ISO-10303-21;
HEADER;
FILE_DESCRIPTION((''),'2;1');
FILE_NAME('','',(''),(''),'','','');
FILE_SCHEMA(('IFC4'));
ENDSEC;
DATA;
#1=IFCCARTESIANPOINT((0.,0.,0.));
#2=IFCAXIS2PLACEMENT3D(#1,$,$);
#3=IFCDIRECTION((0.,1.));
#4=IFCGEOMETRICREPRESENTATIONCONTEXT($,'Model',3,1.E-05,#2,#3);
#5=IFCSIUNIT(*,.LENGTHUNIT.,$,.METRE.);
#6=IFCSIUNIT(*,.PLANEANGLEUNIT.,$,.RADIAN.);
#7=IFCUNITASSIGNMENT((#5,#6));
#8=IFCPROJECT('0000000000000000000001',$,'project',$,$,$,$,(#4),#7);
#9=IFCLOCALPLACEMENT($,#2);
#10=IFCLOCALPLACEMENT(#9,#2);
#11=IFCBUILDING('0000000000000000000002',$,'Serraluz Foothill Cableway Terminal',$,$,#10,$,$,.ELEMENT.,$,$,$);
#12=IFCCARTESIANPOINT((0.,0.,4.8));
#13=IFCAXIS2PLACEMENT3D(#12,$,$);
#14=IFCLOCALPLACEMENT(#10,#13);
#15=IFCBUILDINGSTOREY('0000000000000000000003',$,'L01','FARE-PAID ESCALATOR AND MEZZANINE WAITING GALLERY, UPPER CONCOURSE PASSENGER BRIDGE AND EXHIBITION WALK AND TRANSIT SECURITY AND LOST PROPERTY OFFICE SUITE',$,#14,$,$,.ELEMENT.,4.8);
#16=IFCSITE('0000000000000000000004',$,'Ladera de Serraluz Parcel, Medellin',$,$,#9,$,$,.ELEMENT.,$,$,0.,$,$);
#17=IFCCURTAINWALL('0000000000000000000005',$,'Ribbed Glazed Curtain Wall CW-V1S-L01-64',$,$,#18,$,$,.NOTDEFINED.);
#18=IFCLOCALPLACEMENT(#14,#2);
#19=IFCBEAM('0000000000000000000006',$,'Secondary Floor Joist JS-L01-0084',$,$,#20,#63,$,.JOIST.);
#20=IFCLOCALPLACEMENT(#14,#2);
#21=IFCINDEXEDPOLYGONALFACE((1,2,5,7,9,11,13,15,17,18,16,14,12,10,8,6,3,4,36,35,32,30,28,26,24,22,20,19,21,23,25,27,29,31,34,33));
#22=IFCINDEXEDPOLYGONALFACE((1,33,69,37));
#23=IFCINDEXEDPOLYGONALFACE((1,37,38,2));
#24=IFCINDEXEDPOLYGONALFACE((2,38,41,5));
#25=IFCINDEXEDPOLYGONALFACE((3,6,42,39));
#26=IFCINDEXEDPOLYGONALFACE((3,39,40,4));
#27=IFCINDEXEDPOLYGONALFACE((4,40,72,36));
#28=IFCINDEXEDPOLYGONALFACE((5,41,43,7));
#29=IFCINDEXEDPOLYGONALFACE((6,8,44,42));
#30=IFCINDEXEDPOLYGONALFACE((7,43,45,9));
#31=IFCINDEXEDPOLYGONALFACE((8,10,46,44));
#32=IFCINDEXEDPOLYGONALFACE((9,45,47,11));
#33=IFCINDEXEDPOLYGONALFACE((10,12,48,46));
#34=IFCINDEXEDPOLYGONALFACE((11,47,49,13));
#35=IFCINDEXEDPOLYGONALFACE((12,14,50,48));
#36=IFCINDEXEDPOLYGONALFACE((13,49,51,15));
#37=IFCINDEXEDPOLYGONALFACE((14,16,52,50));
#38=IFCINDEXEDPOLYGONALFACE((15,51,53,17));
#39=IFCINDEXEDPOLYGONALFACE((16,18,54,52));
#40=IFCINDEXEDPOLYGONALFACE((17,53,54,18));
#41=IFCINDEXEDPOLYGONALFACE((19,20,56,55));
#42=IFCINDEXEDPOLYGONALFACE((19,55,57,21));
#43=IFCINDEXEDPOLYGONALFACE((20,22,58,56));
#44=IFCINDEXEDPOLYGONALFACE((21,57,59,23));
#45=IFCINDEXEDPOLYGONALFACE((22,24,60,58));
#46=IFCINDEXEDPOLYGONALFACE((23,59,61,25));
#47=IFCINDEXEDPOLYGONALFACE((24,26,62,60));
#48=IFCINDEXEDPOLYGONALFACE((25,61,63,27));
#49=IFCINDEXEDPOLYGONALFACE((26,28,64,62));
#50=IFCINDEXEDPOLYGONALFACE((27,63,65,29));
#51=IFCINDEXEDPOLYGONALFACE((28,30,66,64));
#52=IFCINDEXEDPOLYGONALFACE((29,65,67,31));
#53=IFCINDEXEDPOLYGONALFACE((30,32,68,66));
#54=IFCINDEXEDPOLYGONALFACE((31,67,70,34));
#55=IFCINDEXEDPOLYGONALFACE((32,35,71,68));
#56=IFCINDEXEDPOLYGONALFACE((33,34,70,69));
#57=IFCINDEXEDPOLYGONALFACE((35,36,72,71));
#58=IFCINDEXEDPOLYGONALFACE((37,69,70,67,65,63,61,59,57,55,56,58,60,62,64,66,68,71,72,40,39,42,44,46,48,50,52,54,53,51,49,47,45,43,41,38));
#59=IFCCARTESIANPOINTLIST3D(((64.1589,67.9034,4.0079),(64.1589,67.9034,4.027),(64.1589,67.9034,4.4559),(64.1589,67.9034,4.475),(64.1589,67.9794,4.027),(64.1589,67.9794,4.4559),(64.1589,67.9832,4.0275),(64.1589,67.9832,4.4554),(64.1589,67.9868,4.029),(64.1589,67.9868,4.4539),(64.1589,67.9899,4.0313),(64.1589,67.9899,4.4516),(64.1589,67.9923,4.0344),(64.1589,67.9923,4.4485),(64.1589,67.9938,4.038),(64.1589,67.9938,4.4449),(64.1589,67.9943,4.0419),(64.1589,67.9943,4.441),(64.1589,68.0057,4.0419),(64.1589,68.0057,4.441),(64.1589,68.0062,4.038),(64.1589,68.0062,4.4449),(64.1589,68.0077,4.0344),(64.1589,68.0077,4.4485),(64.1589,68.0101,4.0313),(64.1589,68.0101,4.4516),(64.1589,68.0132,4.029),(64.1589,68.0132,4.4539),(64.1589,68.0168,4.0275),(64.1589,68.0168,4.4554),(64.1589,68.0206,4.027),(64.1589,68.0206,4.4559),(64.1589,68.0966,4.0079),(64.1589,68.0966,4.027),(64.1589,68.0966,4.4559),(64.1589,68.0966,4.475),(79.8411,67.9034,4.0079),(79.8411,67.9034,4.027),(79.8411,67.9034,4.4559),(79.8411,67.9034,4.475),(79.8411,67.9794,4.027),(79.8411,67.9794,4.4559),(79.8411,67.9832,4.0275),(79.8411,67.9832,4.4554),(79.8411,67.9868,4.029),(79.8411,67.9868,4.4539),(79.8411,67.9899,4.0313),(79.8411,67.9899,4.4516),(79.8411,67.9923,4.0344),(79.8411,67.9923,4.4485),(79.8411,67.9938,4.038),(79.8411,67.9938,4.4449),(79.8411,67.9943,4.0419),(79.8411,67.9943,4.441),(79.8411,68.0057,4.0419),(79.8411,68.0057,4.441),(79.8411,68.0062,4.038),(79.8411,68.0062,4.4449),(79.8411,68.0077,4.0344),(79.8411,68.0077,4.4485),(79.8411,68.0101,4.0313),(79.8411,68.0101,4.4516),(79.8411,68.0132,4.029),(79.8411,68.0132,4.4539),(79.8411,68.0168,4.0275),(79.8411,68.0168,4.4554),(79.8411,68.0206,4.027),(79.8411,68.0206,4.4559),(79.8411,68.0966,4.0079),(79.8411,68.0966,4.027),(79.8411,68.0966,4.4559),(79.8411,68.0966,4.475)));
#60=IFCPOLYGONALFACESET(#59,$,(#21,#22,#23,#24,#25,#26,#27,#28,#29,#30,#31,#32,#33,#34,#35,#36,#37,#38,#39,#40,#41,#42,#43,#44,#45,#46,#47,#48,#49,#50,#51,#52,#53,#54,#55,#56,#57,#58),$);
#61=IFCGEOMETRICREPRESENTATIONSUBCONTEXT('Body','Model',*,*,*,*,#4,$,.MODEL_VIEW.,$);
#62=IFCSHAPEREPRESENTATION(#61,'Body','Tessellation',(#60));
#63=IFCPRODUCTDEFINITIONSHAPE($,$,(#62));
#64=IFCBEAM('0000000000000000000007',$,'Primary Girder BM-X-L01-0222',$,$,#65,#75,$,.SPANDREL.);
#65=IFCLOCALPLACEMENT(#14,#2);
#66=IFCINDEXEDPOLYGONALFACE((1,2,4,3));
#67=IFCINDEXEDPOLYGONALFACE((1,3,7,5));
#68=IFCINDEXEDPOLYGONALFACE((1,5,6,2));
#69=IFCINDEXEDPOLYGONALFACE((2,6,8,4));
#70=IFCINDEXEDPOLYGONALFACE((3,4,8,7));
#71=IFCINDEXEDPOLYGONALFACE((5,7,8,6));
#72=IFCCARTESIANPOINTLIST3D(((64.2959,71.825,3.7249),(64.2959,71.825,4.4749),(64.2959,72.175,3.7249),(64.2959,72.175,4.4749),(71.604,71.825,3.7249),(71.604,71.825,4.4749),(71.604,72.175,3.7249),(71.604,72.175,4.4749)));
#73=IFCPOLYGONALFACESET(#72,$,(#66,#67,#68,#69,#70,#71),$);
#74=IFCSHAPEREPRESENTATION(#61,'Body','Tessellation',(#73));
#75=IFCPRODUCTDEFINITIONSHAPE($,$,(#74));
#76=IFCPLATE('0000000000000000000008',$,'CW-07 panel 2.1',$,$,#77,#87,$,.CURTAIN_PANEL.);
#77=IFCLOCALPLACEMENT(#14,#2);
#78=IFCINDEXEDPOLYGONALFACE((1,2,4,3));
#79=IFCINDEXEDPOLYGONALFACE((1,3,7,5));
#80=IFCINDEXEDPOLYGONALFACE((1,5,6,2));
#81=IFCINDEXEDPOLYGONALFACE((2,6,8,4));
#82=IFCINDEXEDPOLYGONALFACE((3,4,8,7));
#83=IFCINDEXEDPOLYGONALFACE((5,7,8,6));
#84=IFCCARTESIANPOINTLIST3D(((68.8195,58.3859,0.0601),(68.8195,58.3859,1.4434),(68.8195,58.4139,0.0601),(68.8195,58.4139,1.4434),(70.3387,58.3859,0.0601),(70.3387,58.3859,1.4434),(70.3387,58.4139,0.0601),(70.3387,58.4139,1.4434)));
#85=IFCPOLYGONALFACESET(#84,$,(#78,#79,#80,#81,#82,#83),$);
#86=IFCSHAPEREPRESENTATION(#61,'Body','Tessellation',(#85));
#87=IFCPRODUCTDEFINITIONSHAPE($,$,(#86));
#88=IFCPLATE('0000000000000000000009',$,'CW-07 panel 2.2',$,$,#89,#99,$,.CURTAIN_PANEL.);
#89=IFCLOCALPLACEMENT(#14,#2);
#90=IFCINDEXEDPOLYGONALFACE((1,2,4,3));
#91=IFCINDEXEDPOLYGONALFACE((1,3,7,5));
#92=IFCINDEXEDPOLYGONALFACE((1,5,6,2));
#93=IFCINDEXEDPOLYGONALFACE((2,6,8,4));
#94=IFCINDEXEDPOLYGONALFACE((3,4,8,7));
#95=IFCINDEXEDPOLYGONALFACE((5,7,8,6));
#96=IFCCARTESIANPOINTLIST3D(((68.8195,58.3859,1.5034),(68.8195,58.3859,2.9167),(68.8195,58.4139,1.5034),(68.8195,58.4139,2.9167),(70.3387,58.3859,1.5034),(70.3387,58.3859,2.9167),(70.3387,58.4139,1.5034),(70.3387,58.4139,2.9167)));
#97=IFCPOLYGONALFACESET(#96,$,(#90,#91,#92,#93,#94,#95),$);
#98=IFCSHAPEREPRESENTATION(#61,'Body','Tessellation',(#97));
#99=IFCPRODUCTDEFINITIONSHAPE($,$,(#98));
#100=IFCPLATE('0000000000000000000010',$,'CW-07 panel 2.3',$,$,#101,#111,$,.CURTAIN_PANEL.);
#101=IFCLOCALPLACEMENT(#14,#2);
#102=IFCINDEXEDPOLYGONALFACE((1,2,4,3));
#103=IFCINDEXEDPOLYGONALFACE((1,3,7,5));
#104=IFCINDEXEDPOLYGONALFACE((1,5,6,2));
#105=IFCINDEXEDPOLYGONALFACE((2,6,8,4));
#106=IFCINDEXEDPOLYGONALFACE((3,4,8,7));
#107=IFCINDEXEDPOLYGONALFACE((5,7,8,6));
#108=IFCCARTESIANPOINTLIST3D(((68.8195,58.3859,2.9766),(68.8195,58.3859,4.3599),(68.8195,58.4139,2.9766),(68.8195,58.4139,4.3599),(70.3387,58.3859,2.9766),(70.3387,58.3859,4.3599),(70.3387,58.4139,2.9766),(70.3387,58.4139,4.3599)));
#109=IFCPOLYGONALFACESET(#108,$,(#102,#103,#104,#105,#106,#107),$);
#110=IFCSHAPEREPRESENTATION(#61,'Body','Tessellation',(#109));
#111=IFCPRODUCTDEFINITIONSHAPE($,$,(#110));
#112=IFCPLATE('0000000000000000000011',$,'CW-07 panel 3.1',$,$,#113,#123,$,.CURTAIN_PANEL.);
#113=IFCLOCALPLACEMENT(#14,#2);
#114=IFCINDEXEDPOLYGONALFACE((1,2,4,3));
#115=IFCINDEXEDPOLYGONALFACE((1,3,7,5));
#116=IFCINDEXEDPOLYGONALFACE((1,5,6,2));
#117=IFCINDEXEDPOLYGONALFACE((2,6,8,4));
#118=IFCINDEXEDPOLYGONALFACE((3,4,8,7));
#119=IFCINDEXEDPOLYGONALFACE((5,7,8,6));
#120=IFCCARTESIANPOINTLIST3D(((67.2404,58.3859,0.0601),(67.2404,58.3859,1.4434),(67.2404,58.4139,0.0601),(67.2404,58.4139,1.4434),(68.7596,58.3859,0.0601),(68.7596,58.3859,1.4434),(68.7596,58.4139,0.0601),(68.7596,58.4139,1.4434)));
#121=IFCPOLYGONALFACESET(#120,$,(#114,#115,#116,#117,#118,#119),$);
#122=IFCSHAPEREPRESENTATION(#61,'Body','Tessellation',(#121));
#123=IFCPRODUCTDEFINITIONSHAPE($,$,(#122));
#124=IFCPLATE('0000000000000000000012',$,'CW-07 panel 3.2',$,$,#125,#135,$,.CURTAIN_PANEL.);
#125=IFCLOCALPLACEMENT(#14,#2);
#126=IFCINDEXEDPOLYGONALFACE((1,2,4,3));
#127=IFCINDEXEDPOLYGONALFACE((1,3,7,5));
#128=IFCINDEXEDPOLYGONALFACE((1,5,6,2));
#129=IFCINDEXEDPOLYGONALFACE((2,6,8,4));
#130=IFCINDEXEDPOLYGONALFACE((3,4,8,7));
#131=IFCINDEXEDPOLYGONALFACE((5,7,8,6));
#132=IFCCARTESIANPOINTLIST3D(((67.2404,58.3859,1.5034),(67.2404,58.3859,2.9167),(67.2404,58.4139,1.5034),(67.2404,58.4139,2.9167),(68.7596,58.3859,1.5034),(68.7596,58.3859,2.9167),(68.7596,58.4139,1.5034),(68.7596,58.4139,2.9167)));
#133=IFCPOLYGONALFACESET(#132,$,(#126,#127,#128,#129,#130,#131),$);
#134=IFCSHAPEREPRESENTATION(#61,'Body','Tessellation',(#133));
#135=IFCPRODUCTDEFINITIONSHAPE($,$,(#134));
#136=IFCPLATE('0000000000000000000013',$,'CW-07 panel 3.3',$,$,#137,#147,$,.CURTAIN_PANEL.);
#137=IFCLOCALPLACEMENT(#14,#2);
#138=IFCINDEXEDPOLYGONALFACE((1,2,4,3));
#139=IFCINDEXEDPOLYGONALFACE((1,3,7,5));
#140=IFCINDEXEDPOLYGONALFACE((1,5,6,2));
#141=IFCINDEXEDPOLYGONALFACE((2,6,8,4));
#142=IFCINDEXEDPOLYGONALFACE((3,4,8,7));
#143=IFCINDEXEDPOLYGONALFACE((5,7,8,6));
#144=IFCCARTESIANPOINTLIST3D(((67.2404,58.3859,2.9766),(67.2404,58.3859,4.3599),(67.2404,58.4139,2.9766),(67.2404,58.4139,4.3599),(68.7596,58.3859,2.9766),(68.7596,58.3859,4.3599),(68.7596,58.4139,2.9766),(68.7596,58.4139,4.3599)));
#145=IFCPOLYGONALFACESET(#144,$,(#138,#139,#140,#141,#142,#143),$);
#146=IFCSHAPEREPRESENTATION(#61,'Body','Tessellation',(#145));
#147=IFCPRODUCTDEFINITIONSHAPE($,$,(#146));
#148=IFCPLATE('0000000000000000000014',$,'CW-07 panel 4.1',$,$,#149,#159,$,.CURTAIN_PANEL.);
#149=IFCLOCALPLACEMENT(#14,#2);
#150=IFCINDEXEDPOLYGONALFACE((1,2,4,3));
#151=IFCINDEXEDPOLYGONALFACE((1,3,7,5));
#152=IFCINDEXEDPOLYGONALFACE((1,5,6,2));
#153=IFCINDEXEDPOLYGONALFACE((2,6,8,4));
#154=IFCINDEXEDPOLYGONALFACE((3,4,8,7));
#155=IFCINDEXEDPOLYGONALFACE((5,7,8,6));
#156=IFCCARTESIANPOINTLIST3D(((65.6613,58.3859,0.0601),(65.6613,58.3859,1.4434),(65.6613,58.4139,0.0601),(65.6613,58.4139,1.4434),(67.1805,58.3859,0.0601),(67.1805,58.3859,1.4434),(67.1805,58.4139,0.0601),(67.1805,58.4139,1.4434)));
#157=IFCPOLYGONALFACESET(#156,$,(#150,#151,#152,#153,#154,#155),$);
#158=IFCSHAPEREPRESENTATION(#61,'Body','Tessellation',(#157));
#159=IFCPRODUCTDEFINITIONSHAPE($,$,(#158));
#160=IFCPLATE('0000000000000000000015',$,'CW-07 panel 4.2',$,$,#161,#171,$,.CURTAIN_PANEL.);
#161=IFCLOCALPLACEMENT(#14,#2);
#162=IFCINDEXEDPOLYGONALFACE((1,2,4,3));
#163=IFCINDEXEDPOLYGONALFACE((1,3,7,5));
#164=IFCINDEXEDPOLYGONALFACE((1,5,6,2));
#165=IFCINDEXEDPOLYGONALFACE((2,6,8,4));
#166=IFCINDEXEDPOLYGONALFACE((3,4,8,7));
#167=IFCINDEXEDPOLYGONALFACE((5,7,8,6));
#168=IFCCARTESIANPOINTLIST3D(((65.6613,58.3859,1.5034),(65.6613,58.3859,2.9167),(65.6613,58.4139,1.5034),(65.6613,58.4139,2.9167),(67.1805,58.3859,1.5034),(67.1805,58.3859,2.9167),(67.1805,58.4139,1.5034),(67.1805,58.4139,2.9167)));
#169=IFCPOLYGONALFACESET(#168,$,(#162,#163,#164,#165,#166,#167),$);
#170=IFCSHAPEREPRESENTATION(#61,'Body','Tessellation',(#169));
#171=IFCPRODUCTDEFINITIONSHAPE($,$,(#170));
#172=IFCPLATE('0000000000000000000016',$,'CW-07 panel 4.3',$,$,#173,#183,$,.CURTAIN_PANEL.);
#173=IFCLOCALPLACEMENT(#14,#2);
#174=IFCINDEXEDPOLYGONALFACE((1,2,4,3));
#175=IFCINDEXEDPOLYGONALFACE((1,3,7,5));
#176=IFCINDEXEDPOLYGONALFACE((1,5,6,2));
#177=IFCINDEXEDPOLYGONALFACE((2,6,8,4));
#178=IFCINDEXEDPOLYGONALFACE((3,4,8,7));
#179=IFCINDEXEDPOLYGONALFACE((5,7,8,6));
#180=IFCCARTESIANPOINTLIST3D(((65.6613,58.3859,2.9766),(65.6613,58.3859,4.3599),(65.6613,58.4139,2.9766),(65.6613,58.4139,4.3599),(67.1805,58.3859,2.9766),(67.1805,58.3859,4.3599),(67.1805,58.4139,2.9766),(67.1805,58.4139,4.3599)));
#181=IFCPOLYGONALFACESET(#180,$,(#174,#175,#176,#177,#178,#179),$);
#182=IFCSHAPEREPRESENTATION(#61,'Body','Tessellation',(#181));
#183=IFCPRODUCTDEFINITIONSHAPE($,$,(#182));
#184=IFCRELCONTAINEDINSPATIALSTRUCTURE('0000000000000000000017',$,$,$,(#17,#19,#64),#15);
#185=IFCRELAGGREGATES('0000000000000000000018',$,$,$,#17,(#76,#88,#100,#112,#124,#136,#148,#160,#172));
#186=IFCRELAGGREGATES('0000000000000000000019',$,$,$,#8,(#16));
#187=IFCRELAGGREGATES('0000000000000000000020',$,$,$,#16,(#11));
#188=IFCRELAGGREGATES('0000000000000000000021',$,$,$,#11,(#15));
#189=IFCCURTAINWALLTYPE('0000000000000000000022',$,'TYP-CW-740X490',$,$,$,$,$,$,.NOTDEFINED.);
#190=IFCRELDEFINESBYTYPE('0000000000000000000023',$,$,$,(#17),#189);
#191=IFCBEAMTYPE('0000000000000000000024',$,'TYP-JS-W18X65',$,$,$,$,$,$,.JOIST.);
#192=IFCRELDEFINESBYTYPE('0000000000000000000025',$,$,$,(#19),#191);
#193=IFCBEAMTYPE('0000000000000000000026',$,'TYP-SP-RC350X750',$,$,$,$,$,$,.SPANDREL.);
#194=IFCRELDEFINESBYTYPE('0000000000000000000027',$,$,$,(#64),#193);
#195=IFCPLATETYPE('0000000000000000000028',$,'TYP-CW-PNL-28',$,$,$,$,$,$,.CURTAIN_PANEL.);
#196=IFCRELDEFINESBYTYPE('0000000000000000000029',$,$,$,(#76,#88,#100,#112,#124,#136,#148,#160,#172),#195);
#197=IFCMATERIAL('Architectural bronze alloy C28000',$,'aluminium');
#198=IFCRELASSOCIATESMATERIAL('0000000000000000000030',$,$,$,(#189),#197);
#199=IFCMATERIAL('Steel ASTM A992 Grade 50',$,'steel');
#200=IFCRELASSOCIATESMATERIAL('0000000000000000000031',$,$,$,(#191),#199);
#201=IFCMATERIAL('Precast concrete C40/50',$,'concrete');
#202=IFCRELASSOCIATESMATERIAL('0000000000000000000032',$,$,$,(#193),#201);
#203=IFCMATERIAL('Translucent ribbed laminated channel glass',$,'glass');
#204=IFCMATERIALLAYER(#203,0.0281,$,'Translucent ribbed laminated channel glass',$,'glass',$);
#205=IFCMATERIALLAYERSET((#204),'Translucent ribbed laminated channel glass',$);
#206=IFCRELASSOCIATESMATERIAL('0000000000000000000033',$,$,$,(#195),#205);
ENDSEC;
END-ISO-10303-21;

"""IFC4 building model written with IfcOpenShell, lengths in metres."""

from ifc_helpers import new_model, si_unit, direction, frame, origin, origin_2d, place, context, subcontext, project, spatial, rectangle, i_section, extrude, material, layer, layer_set, material_profile, profile_set, type_object, element, aggregate, save


model = new_model("IFC4")

# Units and contexts
model_context = context("Model", 3, precision=1e-05, world=origin(), true_north=direction((0.0, 1.0)))
body_context = subcontext(model_context, "Body", "Model", "MODEL_VIEW")
ifc_project = project(units=[si_unit("LENGTHUNIT", "METRE"), si_unit("PLANEANGLEUNIT", "RADIAN")], contexts=[model_context])

# Site, building, storey
site_placement = place(None, origin())
site = spatial("IfcSite", under=ifc_project, at=site_placement, Name="Ladera de Serraluz Parcel, Medellin", CompositionType="ELEMENT", RefElevation=0.0)
building_placement = place(site_placement, origin())
building = spatial("IfcBuilding", under=site, at=building_placement, Name="Serraluz Foothill Cableway Terminal", CompositionType="ELEMENT")
storey_placement = place(building_placement, frame((0.0, 0.0, 4.8)))
storey = spatial("IfcBuildingStorey", under=building, at=storey_placement, Name="L01", Description="FARE-PAID ESCALATOR AND MEZZANINE WAITING GALLERY, UPPER CONCOURSE PASSENGER BRIDGE AND EXHIBITION WALK AND TRANSIT SECURITY AND LOST PROPERTY OFFICE SUITE", CompositionType="ELEMENT", Elevation=4.8)

# Curtain wall
ifc_material_1 = material(Name="Architectural bronze alloy C28000", Category="aluminium")
curtain_wall_type = type_object("IfcCurtainWallType", Name="TYP-CW-740X490", PredefinedType="NOTDEFINED", material=ifc_material_1)
curtain_wall_placement = place(storey_placement, origin())
curtain_wall = element("IfcCurtainWall", 1, at=curtain_wall_placement, inside=storey, type_object=curtain_wall_type, Name="Ribbed Glazed Curtain Wall CW-V1S-L01-64", PredefinedType="NOTDEFINED")

# Beams
ifc_material_2 = material(Name="Steel ASTM A992 Grade 50", Category="steel")
ifc_material_profile_1 = material_profile(ifc_material_2, i_section(OverallWidth=0.1931, OverallDepth=0.467, WebThickness=0.0115, FlangeThickness=0.019, FilletRadius=0.0149, at=origin_2d()), Name="W18X65")
ifc_profile_set_1 = profile_set([ifc_material_profile_1], Name="Steel ASTM A992 Grade 50")
beam_type_1 = type_object("IfcBeamType", Name="TYP-JS-W18X65", PredefinedType="JOIST", material=ifc_profile_set_1)
beam_1_placement = place(storey_placement, frame((64.1589, 68.0, 4.2415), z_axis=(1.0, 0.0, 0.0), x_axis=(0.0, 1.0, 0.0)))
element("IfcBeam", 2, at=beam_1_placement, inside=storey, type_object=beam_type_1, Name="Secondary Floor Joist JS-L01-0084", PredefinedType="JOIST", context=body_context, shape_type="SweptSolid", body=[
    extrude(i_section(OverallWidth=0.1931, OverallDepth=0.467, WebThickness=0.0115, FlangeThickness=0.019, FilletRadius=0.0149, at=origin_2d()), origin(), (0.0, 0.0, 1.0), 15.6821),
])
ifc_material_3 = material(Name="Precast concrete C40/50", Category="concrete")
ifc_material_profile_2 = material_profile(ifc_material_3, rectangle(XDim=0.3501, YDim=0.75, at=origin_2d()), Name="RC SP 350x750")
ifc_profile_set_2 = profile_set([ifc_material_profile_2], Name="Precast concrete C40/50")
beam_type_2 = type_object("IfcBeamType", Name="TYP-SP-RC350X750", PredefinedType="SPANDREL", material=ifc_profile_set_2)
beam_2_placement = place(storey_placement, frame((64.2959, 72.0, 4.0999), z_axis=(1.0, 0.0, 0.0), x_axis=(0.0, 1.0, 0.0)))
element("IfcBeam", 3, at=beam_2_placement, inside=storey, type_object=beam_type_2, Name="Primary Girder BM-X-L01-0222", PredefinedType="SPANDREL", context=body_context, shape_type="SweptSolid", body=[
    extrude(rectangle(XDim=0.3501, YDim=0.75, at=origin_2d()), origin(), (0.0, 0.0, 1.0), 7.3081),
])

# Plates
ifc_material_4 = material(Name="Translucent ribbed laminated channel glass", Category="glass")
ifc_layer_1 = layer(ifc_material_4, 0.0281, Name="Translucent ribbed laminated channel glass", Category="glass")
ifc_layer_set_1 = layer_set([ifc_layer_1], Name="Translucent ribbed laminated channel glass")
plate_type = type_object("IfcPlateType", Name="TYP-CW-PNL-28", PredefinedType="CURTAIN_PANEL", material=ifc_layer_set_1)
plate_1_placement = place(storey_placement, frame((69.5791, 58.3999, 0.0601), z_axis=(0.0, 0.0, 1.0), x_axis=(-1.0, 0.0, 0.0)))
plate_1 = element("IfcPlate", 4, at=plate_1_placement, type_object=plate_type, Name="CW-07 panel 2.1", PredefinedType="CURTAIN_PANEL", context=body_context, shape_type="SweptSolid", body=[
    extrude(rectangle(XDim=1.5193, YDim=0.0281, at=origin_2d()), origin(), (0.0, 0.0, 1.0), 1.3833),
])
plate_2_placement = place(storey_placement, frame((69.5791, 58.3999, 1.5034), z_axis=(0.0, 0.0, 1.0), x_axis=(-1.0, 0.0, 0.0)))
plate_2 = element("IfcPlate", 5, at=plate_2_placement, type_object=plate_type, Name="CW-07 panel 2.2", PredefinedType="CURTAIN_PANEL", context=body_context, shape_type="SweptSolid", body=[
    extrude(rectangle(XDim=1.5193, YDim=0.0281, at=origin_2d()), origin(), (0.0, 0.0, 1.0), 1.4133),
])
plate_3_placement = place(storey_placement, frame((69.5791, 58.3999, 2.9766), z_axis=(0.0, 0.0, 1.0), x_axis=(-1.0, 0.0, 0.0)))
plate_3 = element("IfcPlate", 6, at=plate_3_placement, type_object=plate_type, Name="CW-07 panel 2.3", PredefinedType="CURTAIN_PANEL", context=body_context, shape_type="SweptSolid", body=[
    extrude(rectangle(XDim=1.5193, YDim=0.0281, at=origin_2d()), origin(), (0.0, 0.0, 1.0), 1.3833),
])
plate_4_placement = place(storey_placement, frame((68.0, 58.3999, 0.0601), z_axis=(0.0, 0.0, 1.0), x_axis=(-1.0, 0.0, 0.0)))
plate_4 = element("IfcPlate", 7, at=plate_4_placement, type_object=plate_type, Name="CW-07 panel 3.1", PredefinedType="CURTAIN_PANEL", context=body_context, shape_type="SweptSolid", body=[
    extrude(rectangle(XDim=1.5193, YDim=0.0281, at=origin_2d()), origin(), (0.0, 0.0, 1.0), 1.3833),
])
plate_5_placement = place(storey_placement, frame((68.0, 58.3999, 1.5034), z_axis=(0.0, 0.0, 1.0), x_axis=(-1.0, 0.0, 0.0)))
plate_5 = element("IfcPlate", 8, at=plate_5_placement, type_object=plate_type, Name="CW-07 panel 3.2", PredefinedType="CURTAIN_PANEL", context=body_context, shape_type="SweptSolid", body=[
    extrude(rectangle(XDim=1.5193, YDim=0.0281, at=origin_2d()), origin(), (0.0, 0.0, 1.0), 1.4133),
])
plate_6_placement = place(storey_placement, frame((68.0, 58.3999, 2.9766), z_axis=(0.0, 0.0, 1.0), x_axis=(-1.0, 0.0, 0.0)))
plate_6 = element("IfcPlate", 9, at=plate_6_placement, type_object=plate_type, Name="CW-07 panel 3.3", PredefinedType="CURTAIN_PANEL", context=body_context, shape_type="SweptSolid", body=[
    extrude(rectangle(XDim=1.5193, YDim=0.0281, at=origin_2d()), origin(), (0.0, 0.0, 1.0), 1.3833),
])
plate_7_placement = place(storey_placement, frame((66.4209, 58.3999, 0.0601), z_axis=(0.0, 0.0, 1.0), x_axis=(-1.0, 0.0, 0.0)))
plate_7 = element("IfcPlate", 10, at=plate_7_placement, type_object=plate_type, Name="CW-07 panel 4.1", PredefinedType="CURTAIN_PANEL", context=body_context, shape_type="SweptSolid", body=[
    extrude(rectangle(XDim=1.5193, YDim=0.0281, at=origin_2d()), origin(), (0.0, 0.0, 1.0), 1.3833),
])
plate_8_placement = place(storey_placement, frame((66.4209, 58.3999, 1.5034), z_axis=(0.0, 0.0, 1.0), x_axis=(-1.0, 0.0, 0.0)))
plate_8 = element("IfcPlate", 11, at=plate_8_placement, type_object=plate_type, Name="CW-07 panel 4.2", PredefinedType="CURTAIN_PANEL", context=body_context, shape_type="SweptSolid", body=[
    extrude(rectangle(XDim=1.5193, YDim=0.0281, at=origin_2d()), origin(), (0.0, 0.0, 1.0), 1.4133),
])
plate_9_placement = place(storey_placement, frame((66.4209, 58.3999, 2.9766), z_axis=(0.0, 0.0, 1.0), x_axis=(-1.0, 0.0, 0.0)))
plate_9 = element("IfcPlate", 12, at=plate_9_placement, type_object=plate_type, Name="CW-07 panel 4.3", PredefinedType="CURTAIN_PANEL", context=body_context, shape_type="SweptSolid", body=[
    extrude(rectangle(XDim=1.5193, YDim=0.0281, at=origin_2d()), origin(), (0.0, 0.0, 1.0), 1.3833),
])
aggregate(curtain_wall, [plate_1, plate_2, plate_3, plate_4, plate_5, plate_6, plate_7, plate_8, plate_9])

save(model, "model.ifc")
